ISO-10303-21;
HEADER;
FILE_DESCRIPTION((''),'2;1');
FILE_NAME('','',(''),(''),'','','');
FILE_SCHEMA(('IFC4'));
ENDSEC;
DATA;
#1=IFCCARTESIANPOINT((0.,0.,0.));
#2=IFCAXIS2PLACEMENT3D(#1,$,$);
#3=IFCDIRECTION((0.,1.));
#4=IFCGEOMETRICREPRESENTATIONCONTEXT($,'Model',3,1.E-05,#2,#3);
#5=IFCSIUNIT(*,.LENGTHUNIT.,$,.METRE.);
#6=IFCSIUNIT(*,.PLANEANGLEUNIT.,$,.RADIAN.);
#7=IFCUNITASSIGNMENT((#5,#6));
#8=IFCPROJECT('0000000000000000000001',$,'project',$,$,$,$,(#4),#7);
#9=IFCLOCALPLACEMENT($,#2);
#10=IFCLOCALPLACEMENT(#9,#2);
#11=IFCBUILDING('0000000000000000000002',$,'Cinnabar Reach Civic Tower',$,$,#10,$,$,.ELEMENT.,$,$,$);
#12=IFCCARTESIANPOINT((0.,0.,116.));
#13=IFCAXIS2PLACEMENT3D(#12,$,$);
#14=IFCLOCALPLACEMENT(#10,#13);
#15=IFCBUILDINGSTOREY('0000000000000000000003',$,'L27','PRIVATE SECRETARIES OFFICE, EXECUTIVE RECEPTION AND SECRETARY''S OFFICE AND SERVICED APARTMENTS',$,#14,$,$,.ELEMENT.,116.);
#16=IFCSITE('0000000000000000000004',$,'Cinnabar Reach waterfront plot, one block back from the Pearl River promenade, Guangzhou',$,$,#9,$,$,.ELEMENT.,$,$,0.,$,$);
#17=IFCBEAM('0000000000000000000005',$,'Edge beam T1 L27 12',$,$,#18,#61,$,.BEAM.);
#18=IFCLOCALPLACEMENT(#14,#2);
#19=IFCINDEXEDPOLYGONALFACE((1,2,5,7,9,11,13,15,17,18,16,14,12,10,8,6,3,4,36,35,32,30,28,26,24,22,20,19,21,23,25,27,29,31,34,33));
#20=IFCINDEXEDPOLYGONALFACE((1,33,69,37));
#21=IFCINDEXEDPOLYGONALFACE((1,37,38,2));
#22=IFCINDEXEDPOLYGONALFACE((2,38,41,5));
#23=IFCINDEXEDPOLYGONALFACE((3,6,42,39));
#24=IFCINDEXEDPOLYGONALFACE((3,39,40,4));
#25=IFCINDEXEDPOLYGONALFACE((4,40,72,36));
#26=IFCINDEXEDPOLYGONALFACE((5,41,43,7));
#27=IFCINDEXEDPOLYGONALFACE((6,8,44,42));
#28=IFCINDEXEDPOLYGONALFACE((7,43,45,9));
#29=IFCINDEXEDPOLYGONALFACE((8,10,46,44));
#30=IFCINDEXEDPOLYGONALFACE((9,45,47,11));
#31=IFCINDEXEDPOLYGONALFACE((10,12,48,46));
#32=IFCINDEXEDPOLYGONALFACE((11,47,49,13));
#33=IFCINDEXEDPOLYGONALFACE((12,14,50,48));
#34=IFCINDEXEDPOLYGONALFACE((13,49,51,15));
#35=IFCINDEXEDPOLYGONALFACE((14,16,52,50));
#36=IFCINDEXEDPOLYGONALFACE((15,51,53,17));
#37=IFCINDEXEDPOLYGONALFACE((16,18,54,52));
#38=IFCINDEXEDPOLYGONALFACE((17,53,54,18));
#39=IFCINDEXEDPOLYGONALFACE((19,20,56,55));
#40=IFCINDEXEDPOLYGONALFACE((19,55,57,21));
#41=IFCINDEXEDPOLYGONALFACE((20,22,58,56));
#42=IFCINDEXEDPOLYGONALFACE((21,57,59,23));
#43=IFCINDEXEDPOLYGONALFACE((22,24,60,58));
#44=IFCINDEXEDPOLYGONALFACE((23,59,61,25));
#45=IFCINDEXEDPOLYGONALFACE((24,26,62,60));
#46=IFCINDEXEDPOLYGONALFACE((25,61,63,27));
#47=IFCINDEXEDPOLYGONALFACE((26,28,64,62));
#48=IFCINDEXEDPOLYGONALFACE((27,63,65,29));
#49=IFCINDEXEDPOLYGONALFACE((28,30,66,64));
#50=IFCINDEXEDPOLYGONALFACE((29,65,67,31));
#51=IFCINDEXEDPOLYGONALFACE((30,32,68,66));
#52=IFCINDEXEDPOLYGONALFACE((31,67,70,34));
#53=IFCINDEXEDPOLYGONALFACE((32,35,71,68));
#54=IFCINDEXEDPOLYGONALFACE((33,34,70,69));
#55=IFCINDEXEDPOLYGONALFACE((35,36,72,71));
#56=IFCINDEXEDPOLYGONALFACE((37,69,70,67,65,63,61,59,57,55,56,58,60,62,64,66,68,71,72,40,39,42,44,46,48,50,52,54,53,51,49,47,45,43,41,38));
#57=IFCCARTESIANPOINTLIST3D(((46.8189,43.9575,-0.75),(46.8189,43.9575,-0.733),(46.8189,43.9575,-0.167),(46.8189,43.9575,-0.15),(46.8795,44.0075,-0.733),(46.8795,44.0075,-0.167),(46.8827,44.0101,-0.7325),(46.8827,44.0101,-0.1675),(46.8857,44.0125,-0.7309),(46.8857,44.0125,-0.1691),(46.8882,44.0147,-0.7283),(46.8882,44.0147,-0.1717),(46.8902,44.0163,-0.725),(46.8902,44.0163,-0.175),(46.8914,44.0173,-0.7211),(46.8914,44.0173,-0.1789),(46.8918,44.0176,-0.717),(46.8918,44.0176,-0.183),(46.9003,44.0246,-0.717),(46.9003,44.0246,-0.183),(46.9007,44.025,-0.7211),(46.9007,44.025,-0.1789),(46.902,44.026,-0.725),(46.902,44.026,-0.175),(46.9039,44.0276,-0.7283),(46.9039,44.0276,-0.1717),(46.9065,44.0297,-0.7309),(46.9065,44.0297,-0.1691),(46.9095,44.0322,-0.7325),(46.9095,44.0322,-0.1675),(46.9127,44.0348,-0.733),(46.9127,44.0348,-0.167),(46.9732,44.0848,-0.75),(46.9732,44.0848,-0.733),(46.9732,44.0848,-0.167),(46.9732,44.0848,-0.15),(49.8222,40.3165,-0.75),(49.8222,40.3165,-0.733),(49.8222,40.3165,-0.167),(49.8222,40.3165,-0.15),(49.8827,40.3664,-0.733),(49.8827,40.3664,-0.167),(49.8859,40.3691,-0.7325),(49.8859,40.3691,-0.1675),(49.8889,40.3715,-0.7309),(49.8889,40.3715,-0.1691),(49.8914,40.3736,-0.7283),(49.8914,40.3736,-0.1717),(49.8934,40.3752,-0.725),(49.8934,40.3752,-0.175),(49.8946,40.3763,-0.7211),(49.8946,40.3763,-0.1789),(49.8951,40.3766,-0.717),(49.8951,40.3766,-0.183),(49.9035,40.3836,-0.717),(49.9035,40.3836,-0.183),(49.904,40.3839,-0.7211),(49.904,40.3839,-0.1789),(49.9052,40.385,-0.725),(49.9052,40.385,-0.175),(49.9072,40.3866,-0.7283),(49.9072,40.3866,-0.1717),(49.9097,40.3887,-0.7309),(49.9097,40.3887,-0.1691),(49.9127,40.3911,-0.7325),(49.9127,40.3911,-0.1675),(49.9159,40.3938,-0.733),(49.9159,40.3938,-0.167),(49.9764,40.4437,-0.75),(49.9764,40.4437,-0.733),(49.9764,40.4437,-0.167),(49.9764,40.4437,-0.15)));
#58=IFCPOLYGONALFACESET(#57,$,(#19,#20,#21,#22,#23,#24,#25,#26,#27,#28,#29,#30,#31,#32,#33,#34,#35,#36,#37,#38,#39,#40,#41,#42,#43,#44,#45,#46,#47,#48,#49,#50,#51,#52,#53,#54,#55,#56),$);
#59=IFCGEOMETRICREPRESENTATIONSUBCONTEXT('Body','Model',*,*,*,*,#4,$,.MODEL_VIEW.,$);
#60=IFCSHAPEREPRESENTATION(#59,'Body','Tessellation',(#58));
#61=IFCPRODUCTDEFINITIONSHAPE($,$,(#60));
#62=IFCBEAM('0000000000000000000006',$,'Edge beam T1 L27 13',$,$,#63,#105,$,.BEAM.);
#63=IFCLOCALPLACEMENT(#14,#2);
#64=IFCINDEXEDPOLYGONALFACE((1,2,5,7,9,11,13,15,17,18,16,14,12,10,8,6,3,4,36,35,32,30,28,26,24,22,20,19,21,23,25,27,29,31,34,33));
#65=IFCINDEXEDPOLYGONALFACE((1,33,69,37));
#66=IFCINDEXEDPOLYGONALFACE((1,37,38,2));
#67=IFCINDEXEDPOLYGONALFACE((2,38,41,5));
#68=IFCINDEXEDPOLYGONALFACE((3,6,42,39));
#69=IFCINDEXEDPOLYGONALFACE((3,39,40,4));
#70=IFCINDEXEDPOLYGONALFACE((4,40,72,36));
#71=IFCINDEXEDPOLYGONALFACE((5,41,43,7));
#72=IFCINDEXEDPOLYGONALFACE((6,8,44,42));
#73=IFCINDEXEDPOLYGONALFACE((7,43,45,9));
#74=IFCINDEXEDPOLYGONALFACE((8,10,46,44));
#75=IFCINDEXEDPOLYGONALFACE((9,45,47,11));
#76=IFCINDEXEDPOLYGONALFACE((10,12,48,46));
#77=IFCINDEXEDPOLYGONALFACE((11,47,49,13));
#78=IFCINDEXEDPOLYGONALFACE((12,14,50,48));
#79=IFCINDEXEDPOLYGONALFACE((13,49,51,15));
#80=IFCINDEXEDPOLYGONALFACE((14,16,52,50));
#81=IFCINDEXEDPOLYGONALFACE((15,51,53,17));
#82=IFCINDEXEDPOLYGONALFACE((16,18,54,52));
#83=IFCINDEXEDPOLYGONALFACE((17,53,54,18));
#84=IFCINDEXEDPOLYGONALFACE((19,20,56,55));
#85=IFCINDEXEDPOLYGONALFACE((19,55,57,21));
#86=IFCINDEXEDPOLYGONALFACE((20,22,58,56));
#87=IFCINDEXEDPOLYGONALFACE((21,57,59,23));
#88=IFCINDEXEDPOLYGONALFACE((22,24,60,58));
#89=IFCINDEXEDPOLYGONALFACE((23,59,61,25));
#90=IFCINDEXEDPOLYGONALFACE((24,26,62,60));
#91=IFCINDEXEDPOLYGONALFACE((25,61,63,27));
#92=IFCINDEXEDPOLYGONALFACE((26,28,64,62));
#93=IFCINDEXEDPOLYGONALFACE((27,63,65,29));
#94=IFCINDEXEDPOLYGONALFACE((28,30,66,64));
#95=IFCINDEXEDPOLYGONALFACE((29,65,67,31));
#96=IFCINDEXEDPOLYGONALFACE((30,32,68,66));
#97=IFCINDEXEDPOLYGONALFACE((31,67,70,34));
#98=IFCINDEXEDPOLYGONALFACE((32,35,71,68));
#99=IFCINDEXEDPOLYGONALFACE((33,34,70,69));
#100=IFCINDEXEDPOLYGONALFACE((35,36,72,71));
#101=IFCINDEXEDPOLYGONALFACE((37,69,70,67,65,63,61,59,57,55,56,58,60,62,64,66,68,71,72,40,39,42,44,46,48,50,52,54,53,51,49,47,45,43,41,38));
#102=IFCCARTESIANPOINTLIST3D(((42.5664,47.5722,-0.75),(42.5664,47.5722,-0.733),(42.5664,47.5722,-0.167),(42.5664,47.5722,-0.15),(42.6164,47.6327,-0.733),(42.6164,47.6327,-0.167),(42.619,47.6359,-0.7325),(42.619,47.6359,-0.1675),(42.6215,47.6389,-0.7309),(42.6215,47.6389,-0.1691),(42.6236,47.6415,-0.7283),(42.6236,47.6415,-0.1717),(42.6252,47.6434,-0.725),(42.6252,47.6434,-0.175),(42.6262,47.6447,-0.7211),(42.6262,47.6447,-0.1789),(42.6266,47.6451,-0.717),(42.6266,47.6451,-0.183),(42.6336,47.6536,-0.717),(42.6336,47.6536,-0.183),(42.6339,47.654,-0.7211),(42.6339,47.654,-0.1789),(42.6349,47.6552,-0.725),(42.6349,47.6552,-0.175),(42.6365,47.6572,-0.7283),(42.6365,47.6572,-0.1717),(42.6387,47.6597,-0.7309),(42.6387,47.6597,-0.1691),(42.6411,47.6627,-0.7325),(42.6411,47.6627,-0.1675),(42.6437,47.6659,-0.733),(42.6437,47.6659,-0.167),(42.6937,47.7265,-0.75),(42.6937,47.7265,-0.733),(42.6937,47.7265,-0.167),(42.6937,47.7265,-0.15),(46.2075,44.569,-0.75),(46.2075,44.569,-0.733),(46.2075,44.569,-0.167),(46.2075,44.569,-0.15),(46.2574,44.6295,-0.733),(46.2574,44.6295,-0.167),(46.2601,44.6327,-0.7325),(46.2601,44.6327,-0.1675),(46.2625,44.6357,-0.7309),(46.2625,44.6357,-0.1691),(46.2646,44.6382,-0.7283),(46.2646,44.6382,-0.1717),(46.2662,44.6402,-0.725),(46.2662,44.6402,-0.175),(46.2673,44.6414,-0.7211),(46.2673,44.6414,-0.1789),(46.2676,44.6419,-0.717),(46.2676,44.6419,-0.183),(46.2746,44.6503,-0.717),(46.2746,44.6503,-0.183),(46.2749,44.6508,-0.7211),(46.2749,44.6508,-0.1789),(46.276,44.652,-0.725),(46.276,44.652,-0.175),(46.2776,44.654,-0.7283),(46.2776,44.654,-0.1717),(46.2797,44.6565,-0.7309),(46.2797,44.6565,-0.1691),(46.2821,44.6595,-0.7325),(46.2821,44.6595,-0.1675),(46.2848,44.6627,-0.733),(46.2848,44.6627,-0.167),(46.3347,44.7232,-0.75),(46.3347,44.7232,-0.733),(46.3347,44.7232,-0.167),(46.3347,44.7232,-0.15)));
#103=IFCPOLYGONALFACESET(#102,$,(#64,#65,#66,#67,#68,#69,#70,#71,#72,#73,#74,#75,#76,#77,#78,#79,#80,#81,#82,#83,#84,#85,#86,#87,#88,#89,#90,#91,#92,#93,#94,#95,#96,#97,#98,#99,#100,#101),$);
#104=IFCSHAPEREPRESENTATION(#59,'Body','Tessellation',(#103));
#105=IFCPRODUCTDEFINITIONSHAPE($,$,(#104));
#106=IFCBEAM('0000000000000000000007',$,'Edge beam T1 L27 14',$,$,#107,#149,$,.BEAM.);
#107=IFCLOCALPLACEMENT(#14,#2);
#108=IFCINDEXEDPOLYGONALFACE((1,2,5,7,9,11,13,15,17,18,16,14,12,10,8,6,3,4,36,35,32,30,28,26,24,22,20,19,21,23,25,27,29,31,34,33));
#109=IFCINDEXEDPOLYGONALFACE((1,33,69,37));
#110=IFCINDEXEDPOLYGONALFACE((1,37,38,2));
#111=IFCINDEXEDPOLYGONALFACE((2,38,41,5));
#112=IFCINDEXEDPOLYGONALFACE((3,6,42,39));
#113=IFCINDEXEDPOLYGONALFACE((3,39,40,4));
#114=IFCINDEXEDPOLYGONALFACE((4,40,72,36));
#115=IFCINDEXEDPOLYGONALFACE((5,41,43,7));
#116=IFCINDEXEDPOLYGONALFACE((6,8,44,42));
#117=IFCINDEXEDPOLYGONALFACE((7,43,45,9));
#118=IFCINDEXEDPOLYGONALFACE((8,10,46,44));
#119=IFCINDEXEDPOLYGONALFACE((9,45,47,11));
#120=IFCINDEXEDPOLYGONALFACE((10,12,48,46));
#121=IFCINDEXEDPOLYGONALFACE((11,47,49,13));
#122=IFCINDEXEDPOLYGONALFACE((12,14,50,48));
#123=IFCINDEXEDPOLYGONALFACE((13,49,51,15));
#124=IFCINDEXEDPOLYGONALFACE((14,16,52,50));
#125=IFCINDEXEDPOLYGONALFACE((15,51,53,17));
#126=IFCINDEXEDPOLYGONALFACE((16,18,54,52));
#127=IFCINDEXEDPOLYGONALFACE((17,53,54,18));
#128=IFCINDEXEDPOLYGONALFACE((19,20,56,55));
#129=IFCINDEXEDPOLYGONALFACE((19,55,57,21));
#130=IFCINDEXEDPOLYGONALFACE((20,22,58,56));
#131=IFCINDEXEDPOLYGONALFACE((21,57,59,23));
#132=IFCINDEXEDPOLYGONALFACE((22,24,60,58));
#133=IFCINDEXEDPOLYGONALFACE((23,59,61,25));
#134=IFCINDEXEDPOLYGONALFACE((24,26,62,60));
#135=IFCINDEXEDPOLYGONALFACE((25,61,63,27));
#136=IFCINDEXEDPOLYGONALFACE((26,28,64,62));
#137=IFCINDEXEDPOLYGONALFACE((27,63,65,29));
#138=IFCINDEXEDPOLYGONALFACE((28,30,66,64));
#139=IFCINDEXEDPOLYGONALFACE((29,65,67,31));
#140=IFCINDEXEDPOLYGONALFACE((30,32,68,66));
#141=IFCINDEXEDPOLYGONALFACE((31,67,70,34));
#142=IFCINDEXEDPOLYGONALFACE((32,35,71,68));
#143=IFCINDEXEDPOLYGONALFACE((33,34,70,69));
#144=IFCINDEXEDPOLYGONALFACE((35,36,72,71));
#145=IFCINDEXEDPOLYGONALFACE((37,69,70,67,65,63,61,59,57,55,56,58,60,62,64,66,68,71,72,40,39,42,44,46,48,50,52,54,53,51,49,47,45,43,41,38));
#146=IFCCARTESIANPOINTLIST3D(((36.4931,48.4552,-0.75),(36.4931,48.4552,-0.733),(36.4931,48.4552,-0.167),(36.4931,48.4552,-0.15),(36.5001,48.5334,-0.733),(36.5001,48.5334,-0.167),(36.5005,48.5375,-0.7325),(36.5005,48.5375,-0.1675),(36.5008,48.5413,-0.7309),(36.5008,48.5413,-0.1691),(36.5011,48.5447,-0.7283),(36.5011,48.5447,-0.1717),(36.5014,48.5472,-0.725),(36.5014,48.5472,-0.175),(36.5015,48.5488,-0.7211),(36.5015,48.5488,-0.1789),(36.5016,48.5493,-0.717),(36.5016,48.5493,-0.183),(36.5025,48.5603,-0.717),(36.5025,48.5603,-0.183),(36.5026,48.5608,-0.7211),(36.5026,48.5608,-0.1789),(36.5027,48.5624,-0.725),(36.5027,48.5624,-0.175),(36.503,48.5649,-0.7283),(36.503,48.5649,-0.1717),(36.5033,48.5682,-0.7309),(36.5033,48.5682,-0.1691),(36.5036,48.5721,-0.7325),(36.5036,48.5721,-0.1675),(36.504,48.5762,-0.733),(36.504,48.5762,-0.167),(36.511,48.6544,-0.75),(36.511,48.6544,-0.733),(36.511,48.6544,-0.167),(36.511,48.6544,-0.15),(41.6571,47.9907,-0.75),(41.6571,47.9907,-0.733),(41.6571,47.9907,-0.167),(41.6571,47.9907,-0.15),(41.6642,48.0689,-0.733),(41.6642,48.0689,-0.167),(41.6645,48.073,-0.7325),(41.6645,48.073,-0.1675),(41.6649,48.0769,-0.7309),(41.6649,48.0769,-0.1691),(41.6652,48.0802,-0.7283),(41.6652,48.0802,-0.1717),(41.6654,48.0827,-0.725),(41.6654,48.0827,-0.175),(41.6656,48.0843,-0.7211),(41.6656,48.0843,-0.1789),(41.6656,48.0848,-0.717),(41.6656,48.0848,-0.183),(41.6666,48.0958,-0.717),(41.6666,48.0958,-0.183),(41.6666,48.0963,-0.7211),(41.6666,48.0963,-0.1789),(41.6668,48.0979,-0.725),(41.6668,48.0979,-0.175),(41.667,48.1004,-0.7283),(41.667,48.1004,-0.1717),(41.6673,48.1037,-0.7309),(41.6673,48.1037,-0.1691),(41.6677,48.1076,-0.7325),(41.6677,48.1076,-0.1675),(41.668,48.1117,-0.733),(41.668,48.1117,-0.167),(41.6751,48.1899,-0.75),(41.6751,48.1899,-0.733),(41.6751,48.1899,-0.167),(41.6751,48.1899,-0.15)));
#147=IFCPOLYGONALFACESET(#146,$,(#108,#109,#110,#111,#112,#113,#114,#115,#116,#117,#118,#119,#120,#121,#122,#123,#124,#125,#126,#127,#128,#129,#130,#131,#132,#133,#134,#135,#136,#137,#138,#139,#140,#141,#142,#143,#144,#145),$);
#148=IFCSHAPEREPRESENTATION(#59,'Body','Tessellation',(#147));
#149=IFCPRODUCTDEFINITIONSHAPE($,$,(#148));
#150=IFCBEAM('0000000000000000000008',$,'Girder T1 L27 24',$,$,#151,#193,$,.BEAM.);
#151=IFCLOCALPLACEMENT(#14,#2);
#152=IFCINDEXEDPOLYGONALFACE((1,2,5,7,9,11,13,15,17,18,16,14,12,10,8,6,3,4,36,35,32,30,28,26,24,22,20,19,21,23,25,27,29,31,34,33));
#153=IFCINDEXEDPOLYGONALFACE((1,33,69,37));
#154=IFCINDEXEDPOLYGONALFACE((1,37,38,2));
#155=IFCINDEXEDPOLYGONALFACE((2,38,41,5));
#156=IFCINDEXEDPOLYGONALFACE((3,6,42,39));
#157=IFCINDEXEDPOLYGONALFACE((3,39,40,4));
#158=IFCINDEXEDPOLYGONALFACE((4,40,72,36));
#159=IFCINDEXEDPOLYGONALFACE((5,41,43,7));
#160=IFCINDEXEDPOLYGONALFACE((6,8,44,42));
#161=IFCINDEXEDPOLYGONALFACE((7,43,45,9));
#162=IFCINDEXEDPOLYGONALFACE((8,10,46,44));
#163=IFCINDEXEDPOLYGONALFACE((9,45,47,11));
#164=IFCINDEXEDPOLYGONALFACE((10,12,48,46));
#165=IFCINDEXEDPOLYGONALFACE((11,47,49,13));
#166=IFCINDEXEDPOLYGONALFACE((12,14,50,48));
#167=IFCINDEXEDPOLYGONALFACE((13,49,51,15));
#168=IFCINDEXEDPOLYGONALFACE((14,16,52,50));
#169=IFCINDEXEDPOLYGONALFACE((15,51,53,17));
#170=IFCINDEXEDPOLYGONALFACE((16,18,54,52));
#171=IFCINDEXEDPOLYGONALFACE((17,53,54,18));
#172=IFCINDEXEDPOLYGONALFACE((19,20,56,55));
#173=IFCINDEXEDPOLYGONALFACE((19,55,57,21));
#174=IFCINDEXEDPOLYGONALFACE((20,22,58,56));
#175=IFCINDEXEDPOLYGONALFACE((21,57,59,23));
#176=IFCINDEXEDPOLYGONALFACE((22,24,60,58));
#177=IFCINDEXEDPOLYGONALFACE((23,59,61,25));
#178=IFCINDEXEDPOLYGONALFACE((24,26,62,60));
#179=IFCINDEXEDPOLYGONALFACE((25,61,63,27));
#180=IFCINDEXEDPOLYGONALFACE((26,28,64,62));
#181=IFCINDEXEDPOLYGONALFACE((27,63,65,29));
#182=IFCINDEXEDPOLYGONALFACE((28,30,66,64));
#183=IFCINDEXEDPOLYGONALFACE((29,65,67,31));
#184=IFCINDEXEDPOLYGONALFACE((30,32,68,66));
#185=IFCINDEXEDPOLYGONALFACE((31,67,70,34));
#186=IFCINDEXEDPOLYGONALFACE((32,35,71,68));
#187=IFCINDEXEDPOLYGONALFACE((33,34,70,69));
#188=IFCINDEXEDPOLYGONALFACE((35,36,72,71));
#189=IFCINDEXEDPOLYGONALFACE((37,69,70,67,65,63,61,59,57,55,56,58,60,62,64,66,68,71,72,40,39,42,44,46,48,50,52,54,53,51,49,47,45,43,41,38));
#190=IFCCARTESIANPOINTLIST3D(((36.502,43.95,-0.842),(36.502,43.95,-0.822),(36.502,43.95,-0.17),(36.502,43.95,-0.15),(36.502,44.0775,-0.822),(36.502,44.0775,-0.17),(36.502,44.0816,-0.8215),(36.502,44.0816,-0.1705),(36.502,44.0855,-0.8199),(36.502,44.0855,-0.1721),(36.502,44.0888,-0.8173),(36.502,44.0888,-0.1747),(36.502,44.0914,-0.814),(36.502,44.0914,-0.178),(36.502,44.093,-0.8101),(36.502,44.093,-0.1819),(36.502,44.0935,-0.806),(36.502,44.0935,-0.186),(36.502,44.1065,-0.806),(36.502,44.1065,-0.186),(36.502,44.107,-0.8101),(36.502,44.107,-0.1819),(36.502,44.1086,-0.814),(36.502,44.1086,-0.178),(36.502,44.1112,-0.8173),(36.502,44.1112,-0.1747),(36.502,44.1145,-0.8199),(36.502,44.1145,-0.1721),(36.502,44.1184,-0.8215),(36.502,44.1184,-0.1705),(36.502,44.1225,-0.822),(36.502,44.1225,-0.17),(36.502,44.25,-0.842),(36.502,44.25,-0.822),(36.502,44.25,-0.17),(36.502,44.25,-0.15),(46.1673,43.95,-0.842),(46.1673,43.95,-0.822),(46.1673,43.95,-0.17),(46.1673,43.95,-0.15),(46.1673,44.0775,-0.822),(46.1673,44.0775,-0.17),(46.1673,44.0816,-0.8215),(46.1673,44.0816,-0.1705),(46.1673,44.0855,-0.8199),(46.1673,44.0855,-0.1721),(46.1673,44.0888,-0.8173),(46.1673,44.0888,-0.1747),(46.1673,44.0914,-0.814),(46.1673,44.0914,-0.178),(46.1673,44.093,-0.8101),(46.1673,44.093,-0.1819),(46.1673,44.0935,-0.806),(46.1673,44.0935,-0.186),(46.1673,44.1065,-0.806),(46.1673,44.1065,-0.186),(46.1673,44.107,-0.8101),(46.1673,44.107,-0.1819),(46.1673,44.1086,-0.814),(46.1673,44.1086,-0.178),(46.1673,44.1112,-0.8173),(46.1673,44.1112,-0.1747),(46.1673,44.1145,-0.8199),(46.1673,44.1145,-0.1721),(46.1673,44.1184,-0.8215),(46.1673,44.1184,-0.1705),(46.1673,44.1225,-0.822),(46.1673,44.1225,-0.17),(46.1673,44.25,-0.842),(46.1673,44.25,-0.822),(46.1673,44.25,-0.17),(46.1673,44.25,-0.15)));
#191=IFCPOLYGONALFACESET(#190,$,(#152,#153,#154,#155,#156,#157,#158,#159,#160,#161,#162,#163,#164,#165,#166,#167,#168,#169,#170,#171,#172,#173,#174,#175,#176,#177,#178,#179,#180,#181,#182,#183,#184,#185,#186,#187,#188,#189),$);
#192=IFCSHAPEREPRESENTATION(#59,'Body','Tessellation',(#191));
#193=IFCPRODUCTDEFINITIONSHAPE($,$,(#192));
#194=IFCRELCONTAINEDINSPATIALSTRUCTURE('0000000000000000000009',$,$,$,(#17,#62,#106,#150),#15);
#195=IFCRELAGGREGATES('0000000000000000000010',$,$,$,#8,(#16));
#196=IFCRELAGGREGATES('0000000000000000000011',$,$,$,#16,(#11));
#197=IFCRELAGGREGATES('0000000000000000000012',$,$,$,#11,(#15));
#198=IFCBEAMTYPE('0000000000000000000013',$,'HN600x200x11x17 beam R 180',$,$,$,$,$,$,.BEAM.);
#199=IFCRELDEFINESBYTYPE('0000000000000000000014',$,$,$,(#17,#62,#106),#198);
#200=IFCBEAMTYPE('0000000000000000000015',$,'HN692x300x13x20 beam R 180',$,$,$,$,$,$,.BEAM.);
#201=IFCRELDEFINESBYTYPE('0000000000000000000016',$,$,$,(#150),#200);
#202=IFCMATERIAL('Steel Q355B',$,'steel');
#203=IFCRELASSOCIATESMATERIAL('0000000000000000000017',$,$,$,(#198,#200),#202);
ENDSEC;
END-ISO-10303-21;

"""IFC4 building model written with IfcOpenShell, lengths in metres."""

from ifc_helpers import new_model, si_unit, direction, frame, origin, origin_2d, place, context, subcontext, project, spatial, i_section, extrude, material, material_profile, profile_set, type_object, element, save


model = new_model("IFC4")

# Units and contexts
model_context = context("Model", 3, precision=1e-05, world=origin(), true_north=direction((0.0, 1.0)))
body_context = subcontext(model_context, "Body", "Model", "MODEL_VIEW")
ifc_project = project(units=[si_unit("LENGTHUNIT", "METRE"), si_unit("PLANEANGLEUNIT", "RADIAN")], contexts=[model_context])

# Site, building, storey
site_placement = place(None, origin())
site = spatial("IfcSite", under=ifc_project, at=site_placement, Name="Cinnabar Reach waterfront plot, one block back from the Pearl River promenade, Guangzhou", CompositionType="ELEMENT", RefElevation=0.0)
building_placement = place(site_placement, origin())
building = spatial("IfcBuilding", under=site, at=building_placement, Name="Cinnabar Reach Civic Tower", CompositionType="ELEMENT")
storey_placement = place(building_placement, frame((0.0, 0.0, 116.0)))
storey = spatial("IfcBuildingStorey", under=building, at=storey_placement, Name="L27", Description="PRIVATE SECRETARIES OFFICE, EXECUTIVE RECEPTION AND SECRETARY'S OFFICE AND SERVICED APARTMENTS", CompositionType="ELEMENT", Elevation=116.0)

# Beams
ifc_material_1 = material(Name="Steel Q355B", Category="steel")
ifc_material_profile_1 = material_profile(ifc_material_1, i_section(OverallWidth=0.2, OverallDepth=0.6, WebThickness=0.011, FlangeThickness=0.017, FilletRadius=0.016, at=origin_2d()), Name="HN600x200x11x17")
ifc_profile_set_1 = profile_set([ifc_material_profile_1], Name="Steel Q355B")
beam_type_1 = type_object("IfcBeamType", Name="HN600x200x11x17 beam R 180", PredefinedType="BEAM", material=ifc_profile_set_1)
for number, where, z_axis, x_axis, name in (
    (1, (49.8993, 40.3801, -0.45), (-0.636304, 0.771438, 0.0), (-0.771438, -0.636304, 0.0), "Edge beam T1 L27 12"),
    (2, (46.2711, 44.6461, -0.45), (-0.771438, 0.636304, 0.0), (-0.636304, -0.771438, 0.0), "Edge beam T1 L27 13"),
):
    element("IfcBeam", number, at=place(storey_placement, frame(where, z_axis=z_axis, x_axis=x_axis)), inside=storey, type_object=beam_type_1, Name=name, PredefinedType="BEAM", context=body_context, shape_type="SweptSolid", body=[
        extrude(i_section(OverallWidth=0.2, OverallDepth=0.6, WebThickness=0.011, FlangeThickness=0.017, FilletRadius=0.016, at=origin_2d()), origin(), (0.0, 0.0, 1.0), 4.7198),
    ])
beam_1_placement = place(storey_placement, frame((41.6661, 48.0903, -0.45), z_axis=(-0.995979, 0.089586, 0.0), x_axis=(-0.089586, -0.995979, 0.0)))
element("IfcBeam", 3, at=beam_1_placement, inside=storey, type_object=beam_type_1, Name="Edge beam T1 L27 14", PredefinedType="BEAM", context=body_context, shape_type="SweptSolid", body=[
    extrude(i_section(OverallWidth=0.2, OverallDepth=0.6, WebThickness=0.011, FlangeThickness=0.017, FilletRadius=0.016, at=origin_2d()), origin(), (0.0, 0.0, 1.0), 5.1849),
])
ifc_material_profile_2 = material_profile(ifc_material_1, i_section(OverallWidth=0.3, OverallDepth=0.692, WebThickness=0.013, FlangeThickness=0.02, FilletRadius=0.016, at=origin_2d()), Name="HN692x300x13x20")
ifc_profile_set_2 = profile_set([ifc_material_profile_2], Name="Steel Q355B")
beam_type_2 = type_object("IfcBeamType", Name="HN692x300x13x20 beam R 180", PredefinedType="BEAM", material=ifc_profile_set_2)
beam_2_placement = place(storey_placement, frame((36.502, 44.1, -0.496), z_axis=(1.0, 0.0, 0.0), x_axis=(0.0, 1.0, 0.0)))
element("IfcBeam", 4, at=beam_2_placement, inside=storey, type_object=beam_type_2, Name="Girder T1 L27 24", PredefinedType="BEAM", context=body_context, shape_type="SweptSolid", body=[
    extrude(i_section(OverallWidth=0.3, OverallDepth=0.692, WebThickness=0.013, FlangeThickness=0.02, FilletRadius=0.016, at=origin_2d()), origin(), (0.0, 0.0, 1.0), 9.6653),
])

save(model, "model.ifc")
